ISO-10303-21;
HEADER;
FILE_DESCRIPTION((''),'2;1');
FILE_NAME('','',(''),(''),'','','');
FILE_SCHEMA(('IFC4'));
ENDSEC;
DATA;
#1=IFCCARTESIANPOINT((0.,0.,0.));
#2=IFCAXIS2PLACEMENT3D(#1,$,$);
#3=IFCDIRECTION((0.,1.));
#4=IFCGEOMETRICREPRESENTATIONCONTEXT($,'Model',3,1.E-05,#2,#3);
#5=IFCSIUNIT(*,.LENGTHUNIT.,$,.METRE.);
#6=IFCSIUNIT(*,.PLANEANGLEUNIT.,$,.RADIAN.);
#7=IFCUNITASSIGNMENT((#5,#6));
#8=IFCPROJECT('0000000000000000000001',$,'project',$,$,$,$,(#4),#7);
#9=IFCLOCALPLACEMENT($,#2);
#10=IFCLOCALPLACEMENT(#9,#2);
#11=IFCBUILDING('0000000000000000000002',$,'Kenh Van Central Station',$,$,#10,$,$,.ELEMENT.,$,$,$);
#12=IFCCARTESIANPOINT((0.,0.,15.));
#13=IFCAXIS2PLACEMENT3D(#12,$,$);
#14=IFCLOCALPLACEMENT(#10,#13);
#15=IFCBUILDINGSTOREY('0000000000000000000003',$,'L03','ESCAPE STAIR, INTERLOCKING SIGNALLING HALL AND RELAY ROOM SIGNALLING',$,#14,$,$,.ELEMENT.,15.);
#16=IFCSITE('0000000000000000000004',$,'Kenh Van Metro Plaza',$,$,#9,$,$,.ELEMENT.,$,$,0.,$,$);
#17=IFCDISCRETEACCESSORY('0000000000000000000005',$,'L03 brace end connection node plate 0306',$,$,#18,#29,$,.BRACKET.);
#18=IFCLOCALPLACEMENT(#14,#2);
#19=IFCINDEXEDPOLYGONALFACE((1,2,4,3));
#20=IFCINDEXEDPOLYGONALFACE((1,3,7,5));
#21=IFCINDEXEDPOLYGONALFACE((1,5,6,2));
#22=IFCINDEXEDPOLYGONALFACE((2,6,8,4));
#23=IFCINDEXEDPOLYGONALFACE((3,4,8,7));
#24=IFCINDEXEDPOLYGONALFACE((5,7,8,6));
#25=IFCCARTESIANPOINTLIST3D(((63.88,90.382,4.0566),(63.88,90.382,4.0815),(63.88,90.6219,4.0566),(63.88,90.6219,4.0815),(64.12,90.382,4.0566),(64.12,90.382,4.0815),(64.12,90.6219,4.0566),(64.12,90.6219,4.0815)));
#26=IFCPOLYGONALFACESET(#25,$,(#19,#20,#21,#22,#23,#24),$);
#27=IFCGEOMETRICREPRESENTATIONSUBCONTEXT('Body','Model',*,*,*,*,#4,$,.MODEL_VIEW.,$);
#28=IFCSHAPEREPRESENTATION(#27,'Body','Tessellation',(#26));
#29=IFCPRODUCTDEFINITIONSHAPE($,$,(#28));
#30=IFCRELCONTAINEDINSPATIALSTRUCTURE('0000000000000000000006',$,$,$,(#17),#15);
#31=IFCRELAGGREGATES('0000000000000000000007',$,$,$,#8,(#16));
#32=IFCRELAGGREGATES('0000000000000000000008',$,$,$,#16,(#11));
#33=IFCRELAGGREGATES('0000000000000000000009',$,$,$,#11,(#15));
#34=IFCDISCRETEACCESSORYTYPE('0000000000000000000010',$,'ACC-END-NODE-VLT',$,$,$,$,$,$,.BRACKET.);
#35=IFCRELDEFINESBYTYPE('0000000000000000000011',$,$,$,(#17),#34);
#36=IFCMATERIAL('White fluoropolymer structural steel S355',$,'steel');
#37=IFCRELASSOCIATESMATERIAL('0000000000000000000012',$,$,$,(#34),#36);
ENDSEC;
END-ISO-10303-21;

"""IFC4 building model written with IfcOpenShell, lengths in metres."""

from ifc_helpers import new_model, si_unit, direction, frame, origin, origin_2d, place, context, subcontext, project, spatial, rectangle, extrude, material, type_object, element, save


model = new_model("IFC4")

# Units and contexts
model_context = context("Model", 3, precision=1e-05, world=origin(), true_north=direction((0.0, 1.0)))
body_context = subcontext(model_context, "Body", "Model", "MODEL_VIEW")
ifc_project = project(units=[si_unit("LENGTHUNIT", "METRE"), si_unit("PLANEANGLEUNIT", "RADIAN")], contexts=[model_context])

# Site, building, storey
site_placement = place(None, origin())
site = spatial("IfcSite", under=ifc_project, at=site_placement, Name="Kenh Van Metro Plaza", CompositionType="ELEMENT", RefElevation=0.0)
building_placement = place(site_placement, origin())
building = spatial("IfcBuilding", under=site, at=building_placement, Name="Kenh Van Central Station", CompositionType="ELEMENT")
storey_placement = place(building_placement, frame((0.0, 0.0, 15.0)))
storey = spatial("IfcBuildingStorey", under=building, at=storey_placement, Name="L03", Description="ESCAPE STAIR, INTERLOCKING SIGNALLING HALL AND RELAY ROOM SIGNALLING", CompositionType="ELEMENT", Elevation=15.0)

# Shared definitions
ifc_material_1 = material(Name="White fluoropolymer structural steel S355", Category="steel")

# Discrete accessory
discrete_accessory_type = type_object("IfcDiscreteAccessoryType", Name="ACC-END-NODE-VLT", PredefinedType="BRACKET", material=ifc_material_1)
for number, where, z_axis, x_axis, name in (
    (1, (64.0, 90.502, 4.0566), (0.0, 0.0, 1.0), (1.0, 0.0, 0.0), "L03 brace end connection node plate 0306"),
):
    element("IfcDiscreteAccessory", number, at=place(storey_placement, frame(where, z_axis=z_axis, x_axis=x_axis)), inside=storey, type_object=discrete_accessory_type, Name=name, PredefinedType="BRACKET", context=body_context, shape_type="SweptSolid", body=[
        extrude(rectangle(XDim=0.24, YDim=0.24, at=origin_2d()), origin(), (0.0, 0.0, 1.0), 0.0249),
    ])

save(model, "model.ifc")
